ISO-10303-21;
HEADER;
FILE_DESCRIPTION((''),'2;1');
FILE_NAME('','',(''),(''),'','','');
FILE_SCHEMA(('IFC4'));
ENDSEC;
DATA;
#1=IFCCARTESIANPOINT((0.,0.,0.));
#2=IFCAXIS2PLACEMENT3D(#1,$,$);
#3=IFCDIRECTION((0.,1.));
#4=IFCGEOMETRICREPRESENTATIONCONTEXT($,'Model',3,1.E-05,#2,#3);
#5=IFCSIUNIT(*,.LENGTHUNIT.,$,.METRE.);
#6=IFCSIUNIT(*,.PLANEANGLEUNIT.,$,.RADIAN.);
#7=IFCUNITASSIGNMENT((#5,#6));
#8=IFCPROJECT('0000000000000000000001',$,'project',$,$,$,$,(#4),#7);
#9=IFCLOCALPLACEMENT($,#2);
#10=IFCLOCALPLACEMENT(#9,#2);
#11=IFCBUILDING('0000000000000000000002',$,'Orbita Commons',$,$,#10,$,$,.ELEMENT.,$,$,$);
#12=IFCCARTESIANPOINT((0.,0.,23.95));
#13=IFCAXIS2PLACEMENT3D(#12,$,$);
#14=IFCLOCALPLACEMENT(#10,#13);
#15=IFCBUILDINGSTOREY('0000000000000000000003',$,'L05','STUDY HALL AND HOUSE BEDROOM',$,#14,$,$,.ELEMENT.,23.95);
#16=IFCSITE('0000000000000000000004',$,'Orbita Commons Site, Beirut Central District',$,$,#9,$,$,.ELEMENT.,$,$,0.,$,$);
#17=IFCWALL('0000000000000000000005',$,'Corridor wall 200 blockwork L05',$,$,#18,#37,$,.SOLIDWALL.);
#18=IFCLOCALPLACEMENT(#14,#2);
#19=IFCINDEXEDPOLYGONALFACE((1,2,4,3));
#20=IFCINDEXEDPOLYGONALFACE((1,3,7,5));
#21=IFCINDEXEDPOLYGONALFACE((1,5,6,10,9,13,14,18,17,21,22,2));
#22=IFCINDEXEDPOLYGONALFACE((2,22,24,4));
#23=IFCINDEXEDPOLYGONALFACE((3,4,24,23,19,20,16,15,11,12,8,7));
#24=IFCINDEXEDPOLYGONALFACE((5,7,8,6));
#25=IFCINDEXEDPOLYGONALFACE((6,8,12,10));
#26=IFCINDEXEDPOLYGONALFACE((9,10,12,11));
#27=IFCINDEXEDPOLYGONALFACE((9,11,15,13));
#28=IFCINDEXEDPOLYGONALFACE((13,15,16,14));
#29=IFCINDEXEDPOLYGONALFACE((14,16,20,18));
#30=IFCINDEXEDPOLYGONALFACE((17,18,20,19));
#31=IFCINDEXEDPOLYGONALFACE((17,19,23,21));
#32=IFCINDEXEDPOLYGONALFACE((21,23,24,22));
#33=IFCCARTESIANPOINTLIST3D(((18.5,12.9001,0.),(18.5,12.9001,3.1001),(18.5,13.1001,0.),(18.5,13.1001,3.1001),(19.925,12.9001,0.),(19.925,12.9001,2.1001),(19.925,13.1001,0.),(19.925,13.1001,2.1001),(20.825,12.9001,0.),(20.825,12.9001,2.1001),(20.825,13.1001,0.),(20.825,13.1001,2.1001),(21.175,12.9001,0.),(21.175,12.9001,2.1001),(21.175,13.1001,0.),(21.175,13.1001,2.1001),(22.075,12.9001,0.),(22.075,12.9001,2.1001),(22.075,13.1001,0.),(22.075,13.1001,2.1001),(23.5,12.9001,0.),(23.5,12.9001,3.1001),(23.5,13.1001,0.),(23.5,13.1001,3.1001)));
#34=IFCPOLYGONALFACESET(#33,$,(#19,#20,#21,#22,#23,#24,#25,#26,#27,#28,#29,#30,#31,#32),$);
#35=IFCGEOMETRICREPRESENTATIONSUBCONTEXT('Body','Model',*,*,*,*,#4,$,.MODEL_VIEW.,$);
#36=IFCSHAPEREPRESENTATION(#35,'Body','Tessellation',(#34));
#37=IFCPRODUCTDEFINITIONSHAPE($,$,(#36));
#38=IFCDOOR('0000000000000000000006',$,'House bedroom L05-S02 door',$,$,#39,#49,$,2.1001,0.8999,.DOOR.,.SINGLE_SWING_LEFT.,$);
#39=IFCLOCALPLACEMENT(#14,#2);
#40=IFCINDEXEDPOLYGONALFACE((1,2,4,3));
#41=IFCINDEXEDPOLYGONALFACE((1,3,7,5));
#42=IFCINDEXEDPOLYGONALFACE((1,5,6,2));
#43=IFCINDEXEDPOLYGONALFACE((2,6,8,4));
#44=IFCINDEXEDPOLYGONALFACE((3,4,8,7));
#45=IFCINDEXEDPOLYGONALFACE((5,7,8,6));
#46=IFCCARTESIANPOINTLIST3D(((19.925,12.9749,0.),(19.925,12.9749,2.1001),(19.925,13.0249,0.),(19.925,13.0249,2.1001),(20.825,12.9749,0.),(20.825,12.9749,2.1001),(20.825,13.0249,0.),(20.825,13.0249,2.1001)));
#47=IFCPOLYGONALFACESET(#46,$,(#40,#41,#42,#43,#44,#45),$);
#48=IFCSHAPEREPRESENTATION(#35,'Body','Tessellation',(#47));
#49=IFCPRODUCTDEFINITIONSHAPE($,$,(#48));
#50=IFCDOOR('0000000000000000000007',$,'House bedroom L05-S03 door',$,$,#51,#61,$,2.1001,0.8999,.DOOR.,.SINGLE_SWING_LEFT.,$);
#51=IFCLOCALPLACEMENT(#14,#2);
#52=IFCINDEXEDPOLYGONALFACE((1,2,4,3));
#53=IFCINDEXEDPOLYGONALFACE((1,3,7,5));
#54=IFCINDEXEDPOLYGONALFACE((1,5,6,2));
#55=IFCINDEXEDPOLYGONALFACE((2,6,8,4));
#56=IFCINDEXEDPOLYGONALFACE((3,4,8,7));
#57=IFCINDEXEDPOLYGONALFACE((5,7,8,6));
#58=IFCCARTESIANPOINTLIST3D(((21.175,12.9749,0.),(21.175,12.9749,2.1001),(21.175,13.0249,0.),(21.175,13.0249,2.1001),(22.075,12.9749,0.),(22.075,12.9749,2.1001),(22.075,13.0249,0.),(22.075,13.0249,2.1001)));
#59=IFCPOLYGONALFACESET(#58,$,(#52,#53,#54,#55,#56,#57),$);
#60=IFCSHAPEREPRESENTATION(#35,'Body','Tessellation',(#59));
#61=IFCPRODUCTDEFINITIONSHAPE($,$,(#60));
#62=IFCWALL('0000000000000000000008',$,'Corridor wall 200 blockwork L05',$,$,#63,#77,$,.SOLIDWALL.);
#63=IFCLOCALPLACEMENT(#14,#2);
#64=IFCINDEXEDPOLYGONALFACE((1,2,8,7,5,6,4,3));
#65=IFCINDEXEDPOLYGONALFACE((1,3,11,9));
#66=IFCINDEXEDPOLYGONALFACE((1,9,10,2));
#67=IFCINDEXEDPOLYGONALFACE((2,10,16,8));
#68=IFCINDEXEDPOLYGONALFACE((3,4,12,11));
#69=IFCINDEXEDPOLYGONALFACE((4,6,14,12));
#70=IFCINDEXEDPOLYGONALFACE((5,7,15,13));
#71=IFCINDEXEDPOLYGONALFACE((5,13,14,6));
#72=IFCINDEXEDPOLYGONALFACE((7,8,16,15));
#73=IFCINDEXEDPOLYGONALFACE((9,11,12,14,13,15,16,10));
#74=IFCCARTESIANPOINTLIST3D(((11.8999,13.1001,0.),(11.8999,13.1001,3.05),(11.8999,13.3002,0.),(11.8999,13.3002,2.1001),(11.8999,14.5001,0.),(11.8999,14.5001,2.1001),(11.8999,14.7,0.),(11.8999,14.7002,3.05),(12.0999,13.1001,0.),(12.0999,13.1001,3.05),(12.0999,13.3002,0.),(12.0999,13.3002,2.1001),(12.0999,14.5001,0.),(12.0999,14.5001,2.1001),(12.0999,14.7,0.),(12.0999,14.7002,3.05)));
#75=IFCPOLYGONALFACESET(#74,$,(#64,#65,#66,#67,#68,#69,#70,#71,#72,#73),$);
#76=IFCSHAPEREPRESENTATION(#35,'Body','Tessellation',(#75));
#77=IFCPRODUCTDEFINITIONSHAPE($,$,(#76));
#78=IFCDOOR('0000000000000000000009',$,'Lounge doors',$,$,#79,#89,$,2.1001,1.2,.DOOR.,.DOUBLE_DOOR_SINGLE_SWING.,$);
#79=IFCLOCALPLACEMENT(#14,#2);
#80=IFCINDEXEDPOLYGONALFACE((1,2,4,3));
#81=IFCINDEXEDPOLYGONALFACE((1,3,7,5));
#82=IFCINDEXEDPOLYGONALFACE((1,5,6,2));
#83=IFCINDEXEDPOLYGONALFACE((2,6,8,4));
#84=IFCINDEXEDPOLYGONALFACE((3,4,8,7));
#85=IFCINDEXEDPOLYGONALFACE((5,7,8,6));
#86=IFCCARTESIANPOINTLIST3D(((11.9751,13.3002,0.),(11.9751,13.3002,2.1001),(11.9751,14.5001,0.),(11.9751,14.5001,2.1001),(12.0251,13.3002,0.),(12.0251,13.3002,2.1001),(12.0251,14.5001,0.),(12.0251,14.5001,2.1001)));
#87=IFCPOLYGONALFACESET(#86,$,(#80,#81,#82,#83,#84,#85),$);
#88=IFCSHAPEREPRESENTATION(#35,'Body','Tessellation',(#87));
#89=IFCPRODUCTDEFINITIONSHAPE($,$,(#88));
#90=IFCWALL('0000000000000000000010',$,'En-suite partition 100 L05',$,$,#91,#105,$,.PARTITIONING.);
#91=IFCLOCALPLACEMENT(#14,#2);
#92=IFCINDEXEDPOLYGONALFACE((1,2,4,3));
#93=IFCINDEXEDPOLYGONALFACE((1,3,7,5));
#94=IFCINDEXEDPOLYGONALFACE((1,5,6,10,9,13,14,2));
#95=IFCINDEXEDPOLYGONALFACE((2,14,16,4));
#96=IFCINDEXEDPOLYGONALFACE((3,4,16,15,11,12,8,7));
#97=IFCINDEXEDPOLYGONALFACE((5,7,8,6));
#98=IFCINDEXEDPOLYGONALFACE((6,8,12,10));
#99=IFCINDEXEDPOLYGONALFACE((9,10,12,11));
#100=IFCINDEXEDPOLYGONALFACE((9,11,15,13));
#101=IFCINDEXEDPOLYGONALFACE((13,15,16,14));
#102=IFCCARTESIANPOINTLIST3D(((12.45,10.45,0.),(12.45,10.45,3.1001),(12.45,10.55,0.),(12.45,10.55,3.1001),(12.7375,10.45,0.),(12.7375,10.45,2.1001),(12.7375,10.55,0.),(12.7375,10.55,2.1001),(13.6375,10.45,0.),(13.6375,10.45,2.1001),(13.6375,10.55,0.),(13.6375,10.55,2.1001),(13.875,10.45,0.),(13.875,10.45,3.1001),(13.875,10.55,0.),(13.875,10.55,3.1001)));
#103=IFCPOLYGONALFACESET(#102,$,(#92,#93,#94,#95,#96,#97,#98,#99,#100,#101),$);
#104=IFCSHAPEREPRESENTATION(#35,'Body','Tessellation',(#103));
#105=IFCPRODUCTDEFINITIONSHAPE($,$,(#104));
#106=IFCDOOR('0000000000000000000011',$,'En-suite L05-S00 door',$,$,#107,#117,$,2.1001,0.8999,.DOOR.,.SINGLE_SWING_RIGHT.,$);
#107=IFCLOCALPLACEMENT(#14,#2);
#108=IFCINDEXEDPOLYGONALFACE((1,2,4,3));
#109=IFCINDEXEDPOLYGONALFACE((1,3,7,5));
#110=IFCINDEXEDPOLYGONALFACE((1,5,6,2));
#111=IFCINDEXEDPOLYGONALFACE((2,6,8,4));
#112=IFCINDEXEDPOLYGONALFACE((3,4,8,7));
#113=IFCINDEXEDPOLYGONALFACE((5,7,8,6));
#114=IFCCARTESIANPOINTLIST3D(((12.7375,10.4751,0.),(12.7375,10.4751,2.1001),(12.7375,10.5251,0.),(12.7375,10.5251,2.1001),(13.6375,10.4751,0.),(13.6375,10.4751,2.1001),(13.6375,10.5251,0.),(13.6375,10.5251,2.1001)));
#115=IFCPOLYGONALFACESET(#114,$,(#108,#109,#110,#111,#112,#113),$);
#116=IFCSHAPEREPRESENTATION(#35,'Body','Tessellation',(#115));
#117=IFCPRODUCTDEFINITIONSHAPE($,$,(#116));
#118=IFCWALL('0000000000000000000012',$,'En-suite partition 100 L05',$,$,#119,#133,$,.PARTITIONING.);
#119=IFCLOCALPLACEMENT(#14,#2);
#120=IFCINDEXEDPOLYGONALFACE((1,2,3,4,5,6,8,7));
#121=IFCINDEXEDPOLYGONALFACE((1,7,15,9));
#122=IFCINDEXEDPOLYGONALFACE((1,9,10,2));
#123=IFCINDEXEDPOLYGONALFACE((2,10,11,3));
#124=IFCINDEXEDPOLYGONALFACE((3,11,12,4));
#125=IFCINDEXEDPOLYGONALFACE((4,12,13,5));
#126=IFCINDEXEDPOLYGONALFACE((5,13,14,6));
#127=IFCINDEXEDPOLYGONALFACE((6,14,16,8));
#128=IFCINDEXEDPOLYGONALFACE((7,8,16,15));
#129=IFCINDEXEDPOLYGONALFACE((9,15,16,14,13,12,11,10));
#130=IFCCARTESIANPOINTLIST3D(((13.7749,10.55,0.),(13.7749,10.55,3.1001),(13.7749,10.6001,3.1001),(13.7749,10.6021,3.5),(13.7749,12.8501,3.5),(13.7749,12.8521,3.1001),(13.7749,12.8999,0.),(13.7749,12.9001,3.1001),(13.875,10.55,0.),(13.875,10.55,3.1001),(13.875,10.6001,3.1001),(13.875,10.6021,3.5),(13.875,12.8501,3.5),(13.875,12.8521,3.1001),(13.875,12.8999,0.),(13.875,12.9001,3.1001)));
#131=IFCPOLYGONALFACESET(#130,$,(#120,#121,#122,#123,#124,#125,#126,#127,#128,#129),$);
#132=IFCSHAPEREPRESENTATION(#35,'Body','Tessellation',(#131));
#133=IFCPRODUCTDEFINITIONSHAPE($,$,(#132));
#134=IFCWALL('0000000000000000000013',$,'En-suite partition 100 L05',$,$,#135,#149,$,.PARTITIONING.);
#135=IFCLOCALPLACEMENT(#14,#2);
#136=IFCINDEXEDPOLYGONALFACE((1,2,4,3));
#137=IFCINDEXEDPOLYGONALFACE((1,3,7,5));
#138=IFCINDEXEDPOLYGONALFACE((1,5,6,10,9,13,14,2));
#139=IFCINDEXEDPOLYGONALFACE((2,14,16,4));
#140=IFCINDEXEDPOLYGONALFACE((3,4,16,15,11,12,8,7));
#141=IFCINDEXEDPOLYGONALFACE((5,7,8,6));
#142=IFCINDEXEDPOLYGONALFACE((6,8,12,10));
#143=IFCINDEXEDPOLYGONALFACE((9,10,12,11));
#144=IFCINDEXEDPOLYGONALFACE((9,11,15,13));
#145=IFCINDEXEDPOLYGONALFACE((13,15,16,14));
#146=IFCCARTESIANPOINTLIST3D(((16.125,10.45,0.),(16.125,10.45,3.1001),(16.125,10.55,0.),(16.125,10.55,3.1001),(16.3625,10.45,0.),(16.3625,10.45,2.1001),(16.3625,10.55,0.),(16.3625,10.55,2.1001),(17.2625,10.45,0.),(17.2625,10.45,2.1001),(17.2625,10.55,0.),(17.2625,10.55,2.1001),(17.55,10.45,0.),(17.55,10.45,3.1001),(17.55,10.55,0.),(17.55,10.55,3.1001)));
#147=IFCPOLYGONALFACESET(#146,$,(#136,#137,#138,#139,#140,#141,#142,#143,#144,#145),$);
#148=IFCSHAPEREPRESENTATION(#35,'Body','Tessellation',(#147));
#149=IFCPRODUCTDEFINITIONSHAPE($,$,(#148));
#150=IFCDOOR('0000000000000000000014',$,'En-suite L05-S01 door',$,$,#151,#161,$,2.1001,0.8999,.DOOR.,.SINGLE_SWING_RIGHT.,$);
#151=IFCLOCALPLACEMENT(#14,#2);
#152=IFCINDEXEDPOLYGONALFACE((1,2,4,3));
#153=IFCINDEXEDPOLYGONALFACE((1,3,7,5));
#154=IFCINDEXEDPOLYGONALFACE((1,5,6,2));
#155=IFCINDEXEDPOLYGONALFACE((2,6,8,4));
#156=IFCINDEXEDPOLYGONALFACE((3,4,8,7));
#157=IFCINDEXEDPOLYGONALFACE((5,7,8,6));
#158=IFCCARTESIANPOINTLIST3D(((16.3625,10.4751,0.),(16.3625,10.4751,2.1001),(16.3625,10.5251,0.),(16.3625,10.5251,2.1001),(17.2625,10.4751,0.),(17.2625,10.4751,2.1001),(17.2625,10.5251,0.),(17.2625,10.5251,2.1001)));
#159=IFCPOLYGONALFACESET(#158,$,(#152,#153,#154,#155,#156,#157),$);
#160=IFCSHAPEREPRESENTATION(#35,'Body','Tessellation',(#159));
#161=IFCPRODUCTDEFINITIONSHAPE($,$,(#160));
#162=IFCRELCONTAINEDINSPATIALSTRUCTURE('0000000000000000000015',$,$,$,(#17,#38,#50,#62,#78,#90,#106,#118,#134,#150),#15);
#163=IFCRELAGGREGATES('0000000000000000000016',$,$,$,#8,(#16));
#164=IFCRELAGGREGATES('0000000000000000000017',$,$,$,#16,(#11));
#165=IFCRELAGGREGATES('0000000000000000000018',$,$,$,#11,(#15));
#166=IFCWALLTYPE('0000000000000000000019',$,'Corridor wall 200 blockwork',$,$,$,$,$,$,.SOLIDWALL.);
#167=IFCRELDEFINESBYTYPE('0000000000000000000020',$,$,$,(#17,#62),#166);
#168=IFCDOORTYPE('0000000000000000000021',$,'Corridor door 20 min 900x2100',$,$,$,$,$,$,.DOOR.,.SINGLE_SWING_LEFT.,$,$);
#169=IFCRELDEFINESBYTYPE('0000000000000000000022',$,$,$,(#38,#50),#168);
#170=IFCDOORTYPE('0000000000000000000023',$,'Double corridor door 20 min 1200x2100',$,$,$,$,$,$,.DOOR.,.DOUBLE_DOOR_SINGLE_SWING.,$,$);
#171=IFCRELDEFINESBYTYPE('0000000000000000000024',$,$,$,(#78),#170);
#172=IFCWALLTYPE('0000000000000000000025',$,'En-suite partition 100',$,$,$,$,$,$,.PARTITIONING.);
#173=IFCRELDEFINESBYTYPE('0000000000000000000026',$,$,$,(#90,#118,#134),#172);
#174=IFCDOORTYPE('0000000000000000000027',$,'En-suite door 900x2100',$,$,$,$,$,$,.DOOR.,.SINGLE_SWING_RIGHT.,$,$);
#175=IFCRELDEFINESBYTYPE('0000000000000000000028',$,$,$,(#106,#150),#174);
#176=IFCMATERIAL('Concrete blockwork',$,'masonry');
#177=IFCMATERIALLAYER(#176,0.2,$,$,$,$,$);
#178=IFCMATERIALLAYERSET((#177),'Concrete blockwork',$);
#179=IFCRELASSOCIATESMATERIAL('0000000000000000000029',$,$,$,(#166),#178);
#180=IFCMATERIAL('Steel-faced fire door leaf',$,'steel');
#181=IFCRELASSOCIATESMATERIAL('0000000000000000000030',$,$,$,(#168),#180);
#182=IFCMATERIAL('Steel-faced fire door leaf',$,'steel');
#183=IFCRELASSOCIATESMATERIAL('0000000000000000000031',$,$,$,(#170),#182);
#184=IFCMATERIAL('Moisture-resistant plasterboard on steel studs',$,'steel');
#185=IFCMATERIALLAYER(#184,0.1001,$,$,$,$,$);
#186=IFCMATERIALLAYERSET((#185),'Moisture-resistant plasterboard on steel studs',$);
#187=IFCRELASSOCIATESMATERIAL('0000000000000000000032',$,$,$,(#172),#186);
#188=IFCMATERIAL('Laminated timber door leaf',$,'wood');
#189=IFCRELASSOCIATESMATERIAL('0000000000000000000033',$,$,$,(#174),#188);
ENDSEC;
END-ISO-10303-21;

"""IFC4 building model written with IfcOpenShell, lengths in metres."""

from ifc_helpers import new_model, si_unit, direction, frame, frame_2d, origin, place, context, subcontext, project, spatial, polyline, rectangle, outline, extrude, material, layer, layer_set, type_object, element, fill, save


model = new_model("IFC4")

# Units and contexts
model_context = context("Model", 3, precision=1e-05, world=origin(), true_north=direction((0.0, 1.0)))
body_context = subcontext(model_context, "Body", "Model", "MODEL_VIEW")
ifc_project = project(units=[si_unit("LENGTHUNIT", "METRE"), si_unit("PLANEANGLEUNIT", "RADIAN")], contexts=[model_context])

# Site, building, storey
site_placement = place(None, origin())
site = spatial("IfcSite", under=ifc_project, at=site_placement, Name="Orbita Commons Site, Beirut Central District", CompositionType="ELEMENT", RefElevation=0.0)
building_placement = place(site_placement, origin())
building = spatial("IfcBuilding", under=site, at=building_placement, Name="Orbita Commons", CompositionType="ELEMENT")
storey_placement = place(building_placement, frame((0.0, 0.0, 23.95)))
storey = spatial("IfcBuildingStorey", under=building, at=storey_placement, Name="L05", Description="STUDY HALL AND HOUSE BEDROOM", CompositionType="ELEMENT", Elevation=23.95)

# Wall, openings, doors
ifc_material_1 = material(Name="Concrete blockwork", Category="masonry")
ifc_layer_1 = layer(ifc_material_1, 0.2)
ifc_layer_set_1 = layer_set([ifc_layer_1], Name="Concrete blockwork")
wall_type_1 = type_object("IfcWallType", Name="Corridor wall 200 blockwork", PredefinedType="SOLIDWALL", material=ifc_layer_set_1)
ifc_material_2 = material(Name="Steel-faced fire door leaf", Category="steel")
door_type_1 = type_object("IfcDoorType", Name="Corridor door 20 min 900x2100", OperationType="SINGLE_SWING_LEFT", PredefinedType="DOOR", material=ifc_material_2)
wall_1_placement = place(storey_placement, frame((18.5, 13.0, 0.0), z_axis=(0.0, 0.0, 1.0), x_axis=(1.0, 0.0, 0.0)))
wall_1 = element("IfcWall", 1, at=wall_1_placement, inside=storey, type_object=wall_type_1, Name="Corridor wall 200 blockwork L05", PredefinedType="SOLIDWALL", context=body_context, shape_type="SweptSolid", body=[
    extrude(outline(polyline([(0.0, 0.0), (5.0, 0.0), (5.0, 3.1001), (0.0, 3.1001), (0.0, 0.0)])), frame((0.0, 0.1001, 0.0), z_axis=(0.0, -1.0, 0.0), x_axis=(1.0, 0.0, 0.0)), (0.0, 0.0, 1.0), 0.2),
])
opening_1_placement = place(wall_1_placement, frame((1.425, 0.0, 0.0)))
opening_1 = element("IfcOpeningElement", 2, at=opening_1_placement, cuts=wall_1, PredefinedType="OPENING", context=body_context, shape_type="SweptSolid", body=[
    extrude(rectangle(XDim=0.8999, YDim=2.1001, at=frame_2d((0.45, 1.05))), frame((0.0, 0.1099, 0.0), z_axis=(0.0, -1.0, 0.0), x_axis=(1.0, 0.0, 0.0)), (0.0, 0.0, 1.0), 0.22),
])
opening_2_placement = place(wall_1_placement, frame((2.675, 0.0, 0.0)))
opening_2 = element("IfcOpeningElement", 3, at=opening_2_placement, cuts=wall_1, PredefinedType="OPENING", context=body_context, shape_type="SweptSolid", body=[
    extrude(rectangle(XDim=0.8999, YDim=2.1001, at=frame_2d((0.45, 1.05))), frame((0.0, 0.1099, 0.0), z_axis=(0.0, -1.0, 0.0), x_axis=(1.0, 0.0, 0.0)), (0.0, 0.0, 1.0), 0.22),
])
door_1_placement = place(opening_1_placement, origin())
door_1 = element("IfcDoor", 4, at=door_1_placement, inside=storey, type_object=door_type_1, Name="House bedroom L05-S02 door", OperationType="SINGLE_SWING_LEFT", OverallHeight=2.1001, OverallWidth=0.8999, PredefinedType="DOOR", context=body_context, shape_type="SweptSolid", body=[
    extrude(rectangle(XDim=0.8999, YDim=2.1001, at=frame_2d((0.45, 1.05))), frame((0.0, 0.0249, 0.0), z_axis=(0.0, -1.0, 0.0), x_axis=(1.0, 0.0, 0.0)), (0.0, 0.0, 1.0), 0.05),
])
fill(opening_1, door_1)
door_2_placement = place(opening_2_placement, origin())
door_2 = element("IfcDoor", 5, at=door_2_placement, inside=storey, type_object=door_type_1, Name="House bedroom L05-S03 door", OperationType="SINGLE_SWING_LEFT", OverallHeight=2.1001, OverallWidth=0.8999, PredefinedType="DOOR", context=body_context, shape_type="SweptSolid", body=[
    extrude(rectangle(XDim=0.8999, YDim=2.1001, at=frame_2d((0.45, 1.05))), frame((0.0, 0.0249, 0.0), z_axis=(0.0, -1.0, 0.0), x_axis=(1.0, 0.0, 0.0)), (0.0, 0.0, 1.0), 0.05),
])
fill(opening_2, door_2)

# Walls, openings, doors
wall_2_placement = place(storey_placement, frame((12.0, 13.1001, 0.0), z_axis=(0.0, 0.0, 1.0), x_axis=(0.0, 1.0, 0.0)))
wall_2 = element("IfcWall", 6, at=wall_2_placement, inside=storey, type_object=wall_type_1, Name="Corridor wall 200 blockwork L05", PredefinedType="SOLIDWALL", context=body_context, shape_type="SweptSolid", body=[
    extrude(outline(polyline([(0.0, 0.0), (1.5999, 0.0), (1.6001, 3.05), (0.0, 3.05), (0.0, 0.0)])), frame((0.0, 0.1001, 0.0), z_axis=(0.0, -1.0, 0.0), x_axis=(1.0, 0.0, 0.0)), (0.0, 0.0, 1.0), 0.2),
])
opening_3_placement = place(wall_2_placement, frame((0.2, 0.0, 0.0)))
opening_3 = element("IfcOpeningElement", 7, at=opening_3_placement, cuts=wall_2, PredefinedType="OPENING", context=body_context, shape_type="SweptSolid", body=[
    extrude(rectangle(XDim=1.2, YDim=2.1001, at=frame_2d((0.6001, 1.05))), frame((0.0, 0.1099, 0.0), z_axis=(0.0, -1.0, 0.0), x_axis=(1.0, 0.0, 0.0)), (0.0, 0.0, 1.0), 0.22),
])
ifc_material_3 = material(Name="Steel-faced fire door leaf", Category="steel")
door_type_2 = type_object("IfcDoorType", Name="Double corridor door 20 min 1200x2100", OperationType="DOUBLE_DOOR_SINGLE_SWING", PredefinedType="DOOR", material=ifc_material_3)
door_3_placement = place(opening_3_placement, origin())
door_3 = element("IfcDoor", 8, at=door_3_placement, inside=storey, type_object=door_type_2, Name="Lounge doors", OperationType="DOUBLE_DOOR_SINGLE_SWING", OverallHeight=2.1001, OverallWidth=1.2, PredefinedType="DOOR", context=body_context, shape_type="SweptSolid", body=[
    extrude(rectangle(XDim=1.2, YDim=2.1001, at=frame_2d((0.6001, 1.05))), frame((0.0, 0.0249, 0.0), z_axis=(0.0, -1.0, 0.0), x_axis=(1.0, 0.0, 0.0)), (0.0, 0.0, 1.0), 0.05),
])
fill(opening_3, door_3)
ifc_material_4 = material(Name="Moisture-resistant plasterboard on steel studs", Category="steel")
ifc_layer_2 = layer(ifc_material_4, 0.1001)
ifc_layer_set_2 = layer_set([ifc_layer_2], Name="Moisture-resistant plasterboard on steel studs")
wall_type_2 = type_object("IfcWallType", Name="En-suite partition 100", PredefinedType="PARTITIONING", material=ifc_layer_set_2)
wall_3_placement = place(storey_placement, frame((13.875, 10.5, 0.0), z_axis=(0.0, 0.0, 1.0), x_axis=(-1.0, 0.0, 0.0)))
wall_3 = element("IfcWall", 9, at=wall_3_placement, inside=storey, type_object=wall_type_2, Name="En-suite partition 100 L05", PredefinedType="PARTITIONING", context=body_context, shape_type="SweptSolid", body=[
    extrude(outline(polyline([(0.0, 0.0), (1.425, 0.0), (1.425, 3.1001), (0.0, 3.1001), (0.0, 0.0)])), frame((0.0, 0.05, 0.0), z_axis=(0.0, -1.0, 0.0), x_axis=(1.0, 0.0, 0.0)), (0.0, 0.0, 1.0), 0.1001),
])
opening_4_placement = place(wall_3_placement, frame((0.2375, 0.0, 0.0)))
opening_4 = element("IfcOpeningElement", 10, at=opening_4_placement, cuts=wall_3, PredefinedType="OPENING", context=body_context, shape_type="SweptSolid", body=[
    extrude(rectangle(XDim=0.8999, YDim=2.1001, at=frame_2d((0.45, 1.05))), frame((0.0, 0.0601, 0.0), z_axis=(0.0, -1.0, 0.0), x_axis=(1.0, 0.0, 0.0)), (0.0, 0.0, 1.0), 0.1201),
])
ifc_material_5 = material(Name="Laminated timber door leaf", Category="wood")
door_type_3 = type_object("IfcDoorType", Name="En-suite door 900x2100", OperationType="SINGLE_SWING_RIGHT", PredefinedType="DOOR", material=ifc_material_5)
door_4_placement = place(opening_4_placement, origin())
door_4 = element("IfcDoor", 11, at=door_4_placement, inside=storey, type_object=door_type_3, Name="En-suite L05-S00 door", OperationType="SINGLE_SWING_RIGHT", OverallHeight=2.1001, OverallWidth=0.8999, PredefinedType="DOOR", context=body_context, shape_type="SweptSolid", body=[
    extrude(rectangle(XDim=0.8999, YDim=2.1001, at=frame_2d((0.45, 1.05))), frame((0.0, 0.0249, 0.0), z_axis=(0.0, -1.0, 0.0), x_axis=(1.0, 0.0, 0.0)), (0.0, 0.0, 1.0), 0.05),
])
fill(opening_4, door_4)

# Wall
wall_4_placement = place(storey_placement, frame((13.825, 10.55, 0.0), z_axis=(0.0, 0.0, 1.0), x_axis=(0.0, 1.0, 0.0)))
element("IfcWall", 12, at=wall_4_placement, inside=storey, type_object=wall_type_2, Name="En-suite partition 100 L05", PredefinedType="PARTITIONING", context=body_context, shape_type="SweptSolid", body=[
    extrude(outline(polyline([(0.0, 0.0), (2.3499, 0.0), (2.3501, 3.1001), (2.302, 3.1001), (2.3, 3.5), (0.052, 3.5), (0.05, 3.1001), (0.0, 3.1001), (0.0, 0.0)])), frame((0.0, 0.05, 0.0), z_axis=(0.0, -1.0, 0.0), x_axis=(1.0, 0.0, 0.0)), (0.0, 0.0, 1.0), 0.1001),
])

# Wall, opening, door
wall_5_placement = place(storey_placement, frame((17.55, 10.5, 0.0), z_axis=(0.0, 0.0, 1.0), x_axis=(-1.0, 0.0, 0.0)))
wall_5 = element("IfcWall", 13, at=wall_5_placement, inside=storey, type_object=wall_type_2, Name="En-suite partition 100 L05", PredefinedType="PARTITIONING", context=body_context, shape_type="SweptSolid", body=[
    extrude(outline(polyline([(0.0, 0.0), (1.425, 0.0), (1.425, 3.1001), (0.0, 3.1001), (0.0, 0.0)])), frame((0.0, 0.05, 0.0), z_axis=(0.0, -1.0, 0.0), x_axis=(1.0, 0.0, 0.0)), (0.0, 0.0, 1.0), 0.1001),
])
opening_5_placement = place(wall_5_placement, frame((0.2876, 0.0, 0.0)))
opening_5 = element("IfcOpeningElement", 14, at=opening_5_placement, cuts=wall_5, PredefinedType="OPENING", context=body_context, shape_type="SweptSolid", body=[
    extrude(rectangle(XDim=0.8999, YDim=2.1001, at=frame_2d((0.45, 1.05))), frame((0.0, 0.0601, 0.0), z_axis=(0.0, -1.0, 0.0), x_axis=(1.0, 0.0, 0.0)), (0.0, 0.0, 1.0), 0.1201),
])
door_5_placement = place(opening_5_placement, origin())
door_5 = element("IfcDoor", 15, at=door_5_placement, inside=storey, type_object=door_type_3, Name="En-suite L05-S01 door", OperationType="SINGLE_SWING_RIGHT", OverallHeight=2.1001, OverallWidth=0.8999, PredefinedType="DOOR", context=body_context, shape_type="SweptSolid", body=[
    extrude(rectangle(XDim=0.8999, YDim=2.1001, at=frame_2d((0.45, 1.05))), frame((0.0, 0.0249, 0.0), z_axis=(0.0, -1.0, 0.0), x_axis=(1.0, 0.0, 0.0)), (0.0, 0.0, 1.0), 0.05),
])
fill(opening_5, door_5)

save(model, "model.ifc")
